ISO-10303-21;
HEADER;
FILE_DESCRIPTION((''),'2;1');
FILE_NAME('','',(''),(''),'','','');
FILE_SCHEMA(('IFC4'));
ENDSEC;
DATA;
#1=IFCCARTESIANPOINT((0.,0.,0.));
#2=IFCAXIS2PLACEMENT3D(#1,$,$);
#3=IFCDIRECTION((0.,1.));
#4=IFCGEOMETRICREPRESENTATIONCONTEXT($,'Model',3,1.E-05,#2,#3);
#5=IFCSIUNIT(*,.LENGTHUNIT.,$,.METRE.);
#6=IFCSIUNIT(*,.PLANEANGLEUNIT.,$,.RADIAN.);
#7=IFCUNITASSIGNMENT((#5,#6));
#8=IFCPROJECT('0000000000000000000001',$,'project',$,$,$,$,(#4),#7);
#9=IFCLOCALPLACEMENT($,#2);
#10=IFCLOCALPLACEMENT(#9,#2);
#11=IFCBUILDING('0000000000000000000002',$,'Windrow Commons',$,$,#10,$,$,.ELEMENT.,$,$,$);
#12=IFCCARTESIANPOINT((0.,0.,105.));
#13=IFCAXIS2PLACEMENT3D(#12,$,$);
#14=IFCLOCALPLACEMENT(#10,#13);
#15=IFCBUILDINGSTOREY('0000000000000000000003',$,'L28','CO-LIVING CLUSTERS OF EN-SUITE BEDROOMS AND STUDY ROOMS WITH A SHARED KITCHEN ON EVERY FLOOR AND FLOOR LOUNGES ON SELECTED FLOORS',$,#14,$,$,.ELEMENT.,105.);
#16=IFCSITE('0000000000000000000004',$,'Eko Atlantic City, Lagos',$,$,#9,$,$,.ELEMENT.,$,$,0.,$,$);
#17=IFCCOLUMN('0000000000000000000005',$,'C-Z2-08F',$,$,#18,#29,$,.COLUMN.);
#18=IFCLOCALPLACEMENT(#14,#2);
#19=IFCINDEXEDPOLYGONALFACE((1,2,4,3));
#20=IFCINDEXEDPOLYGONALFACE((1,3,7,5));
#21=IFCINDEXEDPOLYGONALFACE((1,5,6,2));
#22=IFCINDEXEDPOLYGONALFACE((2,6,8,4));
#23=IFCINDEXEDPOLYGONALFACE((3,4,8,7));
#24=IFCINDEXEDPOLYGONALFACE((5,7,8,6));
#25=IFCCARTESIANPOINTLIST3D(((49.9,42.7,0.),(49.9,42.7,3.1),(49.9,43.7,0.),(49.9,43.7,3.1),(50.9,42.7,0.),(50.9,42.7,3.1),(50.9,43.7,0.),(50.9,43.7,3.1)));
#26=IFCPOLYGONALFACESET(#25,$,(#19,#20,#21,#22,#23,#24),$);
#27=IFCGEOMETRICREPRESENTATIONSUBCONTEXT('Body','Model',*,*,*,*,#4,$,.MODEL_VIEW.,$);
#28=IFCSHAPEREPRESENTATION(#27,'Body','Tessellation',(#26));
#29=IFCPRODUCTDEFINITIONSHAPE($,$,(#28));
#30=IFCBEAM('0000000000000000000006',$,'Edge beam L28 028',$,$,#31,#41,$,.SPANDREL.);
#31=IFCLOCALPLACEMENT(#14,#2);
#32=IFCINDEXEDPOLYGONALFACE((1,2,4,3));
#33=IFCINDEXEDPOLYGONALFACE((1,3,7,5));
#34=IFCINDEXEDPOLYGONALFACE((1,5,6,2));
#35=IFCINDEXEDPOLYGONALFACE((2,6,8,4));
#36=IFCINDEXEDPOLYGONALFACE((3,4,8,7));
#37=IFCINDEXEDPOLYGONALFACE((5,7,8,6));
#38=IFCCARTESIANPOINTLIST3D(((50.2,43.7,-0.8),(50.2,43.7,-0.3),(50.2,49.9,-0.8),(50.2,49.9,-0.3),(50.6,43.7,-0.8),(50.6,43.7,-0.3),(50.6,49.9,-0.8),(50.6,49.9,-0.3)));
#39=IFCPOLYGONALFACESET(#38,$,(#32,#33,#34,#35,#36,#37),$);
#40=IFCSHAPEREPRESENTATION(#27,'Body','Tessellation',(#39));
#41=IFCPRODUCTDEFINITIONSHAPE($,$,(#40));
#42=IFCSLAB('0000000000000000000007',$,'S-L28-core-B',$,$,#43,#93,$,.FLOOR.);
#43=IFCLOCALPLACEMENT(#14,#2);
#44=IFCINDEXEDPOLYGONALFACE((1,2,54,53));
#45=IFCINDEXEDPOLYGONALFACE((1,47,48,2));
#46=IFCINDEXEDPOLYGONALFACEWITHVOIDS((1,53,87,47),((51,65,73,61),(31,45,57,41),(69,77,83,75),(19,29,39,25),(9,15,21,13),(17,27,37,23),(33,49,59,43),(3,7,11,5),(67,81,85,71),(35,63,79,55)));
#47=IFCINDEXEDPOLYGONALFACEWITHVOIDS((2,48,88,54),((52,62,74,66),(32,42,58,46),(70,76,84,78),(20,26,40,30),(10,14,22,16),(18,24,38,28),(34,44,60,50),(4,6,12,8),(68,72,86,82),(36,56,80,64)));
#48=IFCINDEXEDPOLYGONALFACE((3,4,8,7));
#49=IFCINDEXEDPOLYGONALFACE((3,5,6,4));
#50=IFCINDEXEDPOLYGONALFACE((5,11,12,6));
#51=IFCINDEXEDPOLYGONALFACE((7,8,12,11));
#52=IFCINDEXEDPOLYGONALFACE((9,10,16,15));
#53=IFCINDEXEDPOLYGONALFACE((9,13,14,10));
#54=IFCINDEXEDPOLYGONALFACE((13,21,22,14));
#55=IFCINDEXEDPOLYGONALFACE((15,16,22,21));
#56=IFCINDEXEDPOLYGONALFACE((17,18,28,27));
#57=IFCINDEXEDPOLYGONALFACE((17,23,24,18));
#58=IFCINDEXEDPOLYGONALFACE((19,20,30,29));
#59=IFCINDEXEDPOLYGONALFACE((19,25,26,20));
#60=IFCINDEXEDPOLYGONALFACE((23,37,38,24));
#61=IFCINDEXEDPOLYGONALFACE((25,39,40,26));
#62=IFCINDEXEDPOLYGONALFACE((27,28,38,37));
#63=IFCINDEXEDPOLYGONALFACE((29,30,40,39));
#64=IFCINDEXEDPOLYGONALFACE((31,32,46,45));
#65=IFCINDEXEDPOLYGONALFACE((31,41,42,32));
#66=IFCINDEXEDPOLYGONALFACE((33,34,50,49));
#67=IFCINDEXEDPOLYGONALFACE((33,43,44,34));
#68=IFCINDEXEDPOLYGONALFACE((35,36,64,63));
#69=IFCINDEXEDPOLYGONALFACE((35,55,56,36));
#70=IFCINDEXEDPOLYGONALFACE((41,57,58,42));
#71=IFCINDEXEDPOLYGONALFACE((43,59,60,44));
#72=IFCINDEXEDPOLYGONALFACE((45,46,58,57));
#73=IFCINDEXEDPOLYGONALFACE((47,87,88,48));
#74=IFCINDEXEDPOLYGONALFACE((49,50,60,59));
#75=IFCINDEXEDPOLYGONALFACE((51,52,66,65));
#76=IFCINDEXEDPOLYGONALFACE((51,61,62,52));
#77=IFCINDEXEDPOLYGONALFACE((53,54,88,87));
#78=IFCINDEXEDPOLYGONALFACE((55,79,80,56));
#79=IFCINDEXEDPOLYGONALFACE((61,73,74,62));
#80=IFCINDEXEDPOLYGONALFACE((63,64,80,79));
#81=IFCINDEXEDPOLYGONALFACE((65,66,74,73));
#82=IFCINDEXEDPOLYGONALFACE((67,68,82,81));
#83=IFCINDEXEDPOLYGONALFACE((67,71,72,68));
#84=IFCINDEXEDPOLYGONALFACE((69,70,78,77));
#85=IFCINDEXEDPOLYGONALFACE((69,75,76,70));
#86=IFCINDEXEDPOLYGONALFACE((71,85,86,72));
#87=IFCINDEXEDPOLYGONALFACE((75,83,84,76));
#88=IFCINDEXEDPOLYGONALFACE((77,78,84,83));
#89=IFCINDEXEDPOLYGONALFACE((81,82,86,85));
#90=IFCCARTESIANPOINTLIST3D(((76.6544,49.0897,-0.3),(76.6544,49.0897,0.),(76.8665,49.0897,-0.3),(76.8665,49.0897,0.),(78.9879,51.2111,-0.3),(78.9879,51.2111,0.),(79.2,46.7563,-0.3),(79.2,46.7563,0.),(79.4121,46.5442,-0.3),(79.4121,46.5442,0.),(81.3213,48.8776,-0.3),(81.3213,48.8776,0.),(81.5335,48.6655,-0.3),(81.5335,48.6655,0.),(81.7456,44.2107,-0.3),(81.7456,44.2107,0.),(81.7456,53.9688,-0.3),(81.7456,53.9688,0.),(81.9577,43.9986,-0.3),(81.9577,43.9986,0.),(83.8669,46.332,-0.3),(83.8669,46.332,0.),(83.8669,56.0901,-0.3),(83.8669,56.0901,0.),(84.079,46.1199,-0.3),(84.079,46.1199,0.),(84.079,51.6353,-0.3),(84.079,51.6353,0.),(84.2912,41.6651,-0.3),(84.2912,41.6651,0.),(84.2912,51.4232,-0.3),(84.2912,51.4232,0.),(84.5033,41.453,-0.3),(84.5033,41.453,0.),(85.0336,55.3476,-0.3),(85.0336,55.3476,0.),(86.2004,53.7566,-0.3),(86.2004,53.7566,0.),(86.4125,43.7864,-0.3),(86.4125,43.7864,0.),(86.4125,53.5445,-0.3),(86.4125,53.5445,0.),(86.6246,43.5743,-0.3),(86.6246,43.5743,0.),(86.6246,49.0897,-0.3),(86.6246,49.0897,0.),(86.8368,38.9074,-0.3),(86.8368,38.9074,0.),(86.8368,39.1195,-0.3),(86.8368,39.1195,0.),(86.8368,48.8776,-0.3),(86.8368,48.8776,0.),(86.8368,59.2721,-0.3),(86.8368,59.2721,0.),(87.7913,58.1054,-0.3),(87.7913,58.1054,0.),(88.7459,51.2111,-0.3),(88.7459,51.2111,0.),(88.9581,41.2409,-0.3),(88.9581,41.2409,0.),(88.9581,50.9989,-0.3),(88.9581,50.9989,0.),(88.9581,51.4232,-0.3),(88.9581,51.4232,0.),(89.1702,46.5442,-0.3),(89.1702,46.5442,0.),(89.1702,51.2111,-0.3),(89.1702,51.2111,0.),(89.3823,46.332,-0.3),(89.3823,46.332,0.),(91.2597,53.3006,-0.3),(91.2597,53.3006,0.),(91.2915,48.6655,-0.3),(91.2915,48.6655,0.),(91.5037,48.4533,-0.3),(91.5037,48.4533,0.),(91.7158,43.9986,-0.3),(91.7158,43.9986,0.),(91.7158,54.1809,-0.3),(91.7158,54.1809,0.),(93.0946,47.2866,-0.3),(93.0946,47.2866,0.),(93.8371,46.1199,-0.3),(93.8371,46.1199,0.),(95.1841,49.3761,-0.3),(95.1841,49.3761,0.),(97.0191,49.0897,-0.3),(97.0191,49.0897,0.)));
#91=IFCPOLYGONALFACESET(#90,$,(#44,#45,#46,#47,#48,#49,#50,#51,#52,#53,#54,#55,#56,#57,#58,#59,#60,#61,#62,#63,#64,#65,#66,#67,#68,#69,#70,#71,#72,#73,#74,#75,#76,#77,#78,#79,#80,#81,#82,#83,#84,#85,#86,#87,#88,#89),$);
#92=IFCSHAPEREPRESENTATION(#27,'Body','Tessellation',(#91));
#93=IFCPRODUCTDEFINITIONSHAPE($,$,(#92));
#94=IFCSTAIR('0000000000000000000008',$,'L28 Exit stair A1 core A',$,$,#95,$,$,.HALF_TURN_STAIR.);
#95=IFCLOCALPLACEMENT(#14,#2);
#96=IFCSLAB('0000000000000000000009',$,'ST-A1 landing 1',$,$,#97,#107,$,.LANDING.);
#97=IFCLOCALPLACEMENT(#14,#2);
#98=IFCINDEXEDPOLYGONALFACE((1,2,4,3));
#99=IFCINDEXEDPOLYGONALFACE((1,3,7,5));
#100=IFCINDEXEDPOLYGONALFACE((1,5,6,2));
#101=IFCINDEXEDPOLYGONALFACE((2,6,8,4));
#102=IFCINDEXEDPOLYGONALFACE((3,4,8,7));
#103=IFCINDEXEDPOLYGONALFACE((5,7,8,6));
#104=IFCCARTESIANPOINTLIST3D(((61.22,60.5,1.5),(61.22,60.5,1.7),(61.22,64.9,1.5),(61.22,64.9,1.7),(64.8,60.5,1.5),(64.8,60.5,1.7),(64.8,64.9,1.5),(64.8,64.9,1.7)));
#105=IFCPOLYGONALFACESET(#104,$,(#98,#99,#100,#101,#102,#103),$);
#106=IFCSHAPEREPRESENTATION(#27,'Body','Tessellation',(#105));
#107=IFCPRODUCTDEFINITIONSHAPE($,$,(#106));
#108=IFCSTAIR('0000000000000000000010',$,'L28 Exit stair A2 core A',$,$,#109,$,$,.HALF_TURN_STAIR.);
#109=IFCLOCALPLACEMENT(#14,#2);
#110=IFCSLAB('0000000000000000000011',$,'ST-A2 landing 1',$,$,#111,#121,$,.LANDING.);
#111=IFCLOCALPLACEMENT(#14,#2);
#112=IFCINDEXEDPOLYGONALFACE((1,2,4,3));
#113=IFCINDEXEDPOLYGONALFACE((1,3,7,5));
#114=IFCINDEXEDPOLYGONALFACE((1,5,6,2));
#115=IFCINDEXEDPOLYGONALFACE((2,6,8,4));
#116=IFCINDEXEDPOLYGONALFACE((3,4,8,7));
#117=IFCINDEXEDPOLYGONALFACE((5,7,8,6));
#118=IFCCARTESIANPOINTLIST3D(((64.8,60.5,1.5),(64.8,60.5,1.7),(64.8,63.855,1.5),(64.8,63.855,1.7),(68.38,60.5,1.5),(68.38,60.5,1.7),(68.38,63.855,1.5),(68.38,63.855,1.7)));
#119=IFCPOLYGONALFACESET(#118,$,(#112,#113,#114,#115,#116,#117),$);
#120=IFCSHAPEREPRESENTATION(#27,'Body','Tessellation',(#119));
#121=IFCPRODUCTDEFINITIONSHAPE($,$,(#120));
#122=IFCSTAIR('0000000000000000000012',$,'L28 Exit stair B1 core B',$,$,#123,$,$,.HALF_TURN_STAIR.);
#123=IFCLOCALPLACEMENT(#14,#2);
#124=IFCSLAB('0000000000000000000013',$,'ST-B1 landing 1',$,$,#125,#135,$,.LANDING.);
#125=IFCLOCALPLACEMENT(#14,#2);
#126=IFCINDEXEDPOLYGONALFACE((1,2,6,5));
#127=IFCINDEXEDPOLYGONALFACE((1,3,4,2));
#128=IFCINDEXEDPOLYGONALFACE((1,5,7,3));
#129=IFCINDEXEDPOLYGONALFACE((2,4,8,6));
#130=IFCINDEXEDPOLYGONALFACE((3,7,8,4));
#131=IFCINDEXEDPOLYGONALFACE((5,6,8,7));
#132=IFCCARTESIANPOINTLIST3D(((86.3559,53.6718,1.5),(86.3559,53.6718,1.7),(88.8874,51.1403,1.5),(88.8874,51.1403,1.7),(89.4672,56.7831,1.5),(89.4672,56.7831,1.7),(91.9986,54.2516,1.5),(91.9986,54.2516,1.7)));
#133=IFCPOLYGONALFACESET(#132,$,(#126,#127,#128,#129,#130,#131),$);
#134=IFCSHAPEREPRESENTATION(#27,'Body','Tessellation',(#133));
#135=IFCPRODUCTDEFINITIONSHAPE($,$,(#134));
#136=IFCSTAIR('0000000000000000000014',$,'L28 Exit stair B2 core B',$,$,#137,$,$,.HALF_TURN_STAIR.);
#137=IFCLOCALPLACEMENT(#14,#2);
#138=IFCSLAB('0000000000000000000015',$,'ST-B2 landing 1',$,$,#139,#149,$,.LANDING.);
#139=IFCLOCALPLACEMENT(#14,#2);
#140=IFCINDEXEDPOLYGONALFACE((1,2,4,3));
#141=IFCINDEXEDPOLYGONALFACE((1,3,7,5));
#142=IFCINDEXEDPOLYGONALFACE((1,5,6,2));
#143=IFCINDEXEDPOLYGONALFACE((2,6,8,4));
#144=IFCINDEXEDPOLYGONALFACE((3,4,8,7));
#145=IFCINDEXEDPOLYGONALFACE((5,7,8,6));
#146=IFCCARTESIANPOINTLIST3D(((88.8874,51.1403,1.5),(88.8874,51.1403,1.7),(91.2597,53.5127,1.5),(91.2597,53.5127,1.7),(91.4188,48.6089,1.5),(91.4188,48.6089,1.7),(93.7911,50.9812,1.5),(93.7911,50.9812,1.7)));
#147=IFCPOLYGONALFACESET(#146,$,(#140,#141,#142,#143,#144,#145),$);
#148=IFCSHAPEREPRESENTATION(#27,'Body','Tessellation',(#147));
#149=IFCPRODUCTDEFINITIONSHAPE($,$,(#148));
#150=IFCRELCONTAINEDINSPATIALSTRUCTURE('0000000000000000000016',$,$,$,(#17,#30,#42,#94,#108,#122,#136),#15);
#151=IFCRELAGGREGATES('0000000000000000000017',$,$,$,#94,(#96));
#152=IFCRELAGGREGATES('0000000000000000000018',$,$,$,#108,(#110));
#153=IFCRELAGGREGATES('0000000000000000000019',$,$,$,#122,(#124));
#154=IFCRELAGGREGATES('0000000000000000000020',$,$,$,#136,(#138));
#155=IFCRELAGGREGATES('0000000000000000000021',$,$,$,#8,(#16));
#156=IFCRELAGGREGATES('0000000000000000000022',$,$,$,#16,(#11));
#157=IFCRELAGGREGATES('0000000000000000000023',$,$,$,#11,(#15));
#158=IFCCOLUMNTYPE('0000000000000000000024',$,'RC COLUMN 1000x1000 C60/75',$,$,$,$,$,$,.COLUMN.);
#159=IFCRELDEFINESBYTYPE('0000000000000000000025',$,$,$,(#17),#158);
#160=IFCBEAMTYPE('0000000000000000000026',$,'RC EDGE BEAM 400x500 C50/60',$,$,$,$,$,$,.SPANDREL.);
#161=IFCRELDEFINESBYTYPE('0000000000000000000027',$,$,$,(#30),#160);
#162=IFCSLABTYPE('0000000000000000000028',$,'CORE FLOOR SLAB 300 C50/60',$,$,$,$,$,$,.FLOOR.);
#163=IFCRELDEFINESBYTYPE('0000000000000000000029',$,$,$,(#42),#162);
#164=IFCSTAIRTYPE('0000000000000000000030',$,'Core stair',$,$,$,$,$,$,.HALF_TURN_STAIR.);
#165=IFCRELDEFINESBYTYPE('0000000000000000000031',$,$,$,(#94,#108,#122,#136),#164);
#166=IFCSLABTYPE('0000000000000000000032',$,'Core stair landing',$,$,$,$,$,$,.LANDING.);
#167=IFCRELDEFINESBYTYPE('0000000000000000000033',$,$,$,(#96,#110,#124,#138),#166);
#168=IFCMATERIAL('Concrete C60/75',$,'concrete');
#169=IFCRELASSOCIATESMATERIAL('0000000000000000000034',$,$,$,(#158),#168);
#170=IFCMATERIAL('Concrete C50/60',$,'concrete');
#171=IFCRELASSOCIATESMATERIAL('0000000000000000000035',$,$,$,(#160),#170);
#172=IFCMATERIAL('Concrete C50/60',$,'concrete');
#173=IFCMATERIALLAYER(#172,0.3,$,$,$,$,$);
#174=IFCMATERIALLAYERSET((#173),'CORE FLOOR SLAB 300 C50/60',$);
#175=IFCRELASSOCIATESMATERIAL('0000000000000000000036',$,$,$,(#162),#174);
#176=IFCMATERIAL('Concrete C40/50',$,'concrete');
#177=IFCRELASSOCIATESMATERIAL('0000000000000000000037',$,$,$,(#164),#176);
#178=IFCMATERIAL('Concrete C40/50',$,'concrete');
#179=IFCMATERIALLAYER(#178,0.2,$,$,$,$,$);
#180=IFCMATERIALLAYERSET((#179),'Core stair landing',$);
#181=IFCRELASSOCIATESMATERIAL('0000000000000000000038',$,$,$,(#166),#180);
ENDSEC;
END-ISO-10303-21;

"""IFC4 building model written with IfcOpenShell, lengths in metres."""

from ifc_helpers import new_model, si_unit, direction, frame, origin, origin_2d, place, context, subcontext, project, spatial, polyline, rectangle, outline, extrude, material, layer, layer_set, material_profile, profile_set, type_object, element, aggregate, save


model = new_model("IFC4")

# Units and contexts
model_context = context("Model", 3, precision=1e-05, world=origin(), true_north=direction((0.0, 1.0)))
body_context = subcontext(model_context, "Body", "Model", "MODEL_VIEW")
ifc_project = project(units=[si_unit("LENGTHUNIT", "METRE"), si_unit("PLANEANGLEUNIT", "RADIAN")], contexts=[model_context])

# Site, building, storey
site_placement = place(None, origin())
site = spatial("IfcSite", under=ifc_project, at=site_placement, Name="Eko Atlantic City, Lagos", CompositionType="ELEMENT", RefElevation=0.0)
building_placement = place(site_placement, origin())
building = spatial("IfcBuilding", under=site, at=building_placement, Name="Windrow Commons", CompositionType="ELEMENT")
storey_placement = place(building_placement, frame((0.0, 0.0, 105.0)))
storey = spatial("IfcBuildingStorey", under=building, at=storey_placement, Name="L28", Description="CO-LIVING CLUSTERS OF EN-SUITE BEDROOMS AND STUDY ROOMS WITH A SHARED KITCHEN ON EVERY FLOOR AND FLOOR LOUNGES ON SELECTED FLOORS", CompositionType="ELEMENT", Elevation=105.0)

# Column
ifc_material_1 = material(Name="Concrete C60/75", Category="concrete")
ifc_material_profile_1 = material_profile(ifc_material_1, rectangle(XDim=1.0, YDim=1.0, at=origin_2d()))
ifc_profile_set_1 = profile_set([ifc_material_profile_1], Name="Concrete C60/75")
column_type = type_object("IfcColumnType", Name="RC COLUMN 1000x1000 C60/75", PredefinedType="COLUMN", material=ifc_profile_set_1)
column_placement = place(storey_placement, frame((50.4, 43.2, 0.0), z_axis=(0.0, 0.0, 1.0), x_axis=(1.0, 0.0, 0.0)))
element("IfcColumn", 1, at=column_placement, inside=storey, type_object=column_type, Name="C-Z2-08F", PredefinedType="COLUMN", context=body_context, shape_type="SweptSolid", body=[
    extrude(rectangle(XDim=1.0, YDim=1.0, at=origin_2d()), origin(), (0.0, 0.0, 1.0), 3.1),
])

# Beam
ifc_material_2 = material(Name="Concrete C50/60", Category="concrete")
ifc_material_profile_2 = material_profile(ifc_material_2, rectangle(XDim=0.4, YDim=0.5, at=origin_2d()))
ifc_profile_set_2 = profile_set([ifc_material_profile_2], Name="Concrete C50/60")
beam_type = type_object("IfcBeamType", Name="RC EDGE BEAM 400x500 C50/60", PredefinedType="SPANDREL", material=ifc_profile_set_2)
beam_placement = place(storey_placement, frame((50.4, 43.7, -0.55), z_axis=(0.0, 1.0, 0.0), x_axis=(-1.0, 0.0, 0.0)))
element("IfcBeam", 2, at=beam_placement, inside=storey, type_object=beam_type, Name="Edge beam L28 028", PredefinedType="SPANDREL", context=body_context, shape_type="SweptSolid", body=[
    extrude(rectangle(XDim=0.4, YDim=0.5, at=origin_2d()), origin(), (0.0, 0.0, 1.0), 6.2),
])

# Slab, openings
ifc_material_3 = material(Name="Concrete C50/60", Category="concrete")
ifc_layer_1 = layer(ifc_material_3, 0.3)
ifc_layer_set_1 = layer_set([ifc_layer_1], Name="CORE FLOOR SLAB 300 C50/60")
slab_type_1 = type_object("IfcSlabType", Name="CORE FLOOR SLAB 300 C50/60", PredefinedType="FLOOR", material=ifc_layer_set_1)
placement_1 = place(storey_placement, frame((0.0, 0.0, -0.3)))
slab_1 = element("IfcSlab", 3, at=placement_1, inside=storey, type_object=slab_type_1, Name="S-L28-core-B", PredefinedType="FLOOR", context=body_context, shape_type="SweptSolid", body=[
    extrude(outline(polyline([(76.6544, 49.0897), (86.8368, 38.9074), (97.0191, 49.0897), (86.8368, 59.2721), (76.6544, 49.0897)]), holes=[polyline([(76.8665, 49.0897), (79.2, 46.7563), (81.3213, 48.8776), (78.9879, 51.2111), (76.8665, 49.0897)]), polyline([(79.4121, 46.5442), (81.7456, 44.2107), (83.8669, 46.332), (81.5335, 48.6655), (79.4121, 46.5442)]), polyline([(81.9577, 43.9986), (84.2912, 41.6651), (86.4125, 43.7864), (84.079, 46.1199), (81.9577, 43.9986)]), polyline([(84.5033, 41.453), (86.8368, 39.1195), (88.9581, 41.2409), (86.6246, 43.5743), (84.5033, 41.453)]), polyline([(81.7456, 53.9688), (84.079, 51.6353), (86.2004, 53.7566), (83.8669, 56.0901), (81.7456, 53.9688)]), polyline([(84.2912, 51.4232), (86.6246, 49.0897), (88.7459, 51.2111), (86.4125, 53.5445), (84.2912, 51.4232)]), polyline([(86.8368, 48.8776), (89.1702, 46.5442), (91.2915, 48.6655), (88.9581, 50.9989), (86.8368, 48.8776)]), polyline([(89.3823, 46.332), (91.7158, 43.9986), (93.8371, 46.1199), (91.5037, 48.4533), (89.3823, 46.332)]), polyline([(85.0336, 55.3476), (88.9581, 51.4232), (91.7158, 54.1809), (87.7913, 58.1054), (85.0336, 55.3476)]), polyline([(89.1702, 51.2111), (93.0946, 47.2866), (95.1841, 49.3761), (91.2597, 53.3006), (89.1702, 51.2111)])]), origin(), (0.0, 0.0, 1.0), 0.3),
])
opening_1_placement = place(placement_1, origin())
element("IfcOpeningElement", 4, at=opening_1_placement, cuts=slab_1, PredefinedType="OPENING", context=body_context, shape_type="SweptSolid", body=[
    extrude(outline(polyline([(76.8736, 49.0897), (78.9879, 51.204), (81.3142, 48.8776), (79.2, 46.7634), (76.8736, 49.0897)])), origin(), (0.0, 0.0, 1.0), 0.3),
])
opening_2_placement = place(placement_1, origin())
element("IfcOpeningElement", 5, at=opening_2_placement, cuts=slab_1, PredefinedType="OPENING", context=body_context, shape_type="SweptSolid", body=[
    extrude(outline(polyline([(79.4192, 46.5442), (81.5335, 48.6584), (83.8598, 46.332), (81.7456, 44.2178), (79.4192, 46.5442)])), origin(), (0.0, 0.0, 1.0), 0.3),
])
opening_3_placement = place(placement_1, origin())
element("IfcOpeningElement", 6, at=opening_3_placement, cuts=slab_1, PredefinedType="OPENING", context=body_context, shape_type="SweptSolid", body=[
    extrude(outline(polyline([(81.9648, 43.9986), (84.079, 46.1128), (86.4054, 43.7864), (84.2912, 41.6722), (81.9648, 43.9986)])), origin(), (0.0, 0.0, 1.0), 0.3),
])
opening_4_placement = place(placement_1, origin())
element("IfcOpeningElement", 7, at=opening_4_placement, cuts=slab_1, PredefinedType="OPENING", context=body_context, shape_type="SweptSolid", body=[
    extrude(outline(polyline([(84.5104, 41.453), (86.6246, 43.5672), (88.951, 41.2409), (86.8368, 39.1266), (84.5104, 41.453)])), origin(), (0.0, 0.0, 1.0), 0.3),
])
opening_5_placement = place(placement_1, origin())
element("IfcOpeningElement", 8, at=opening_5_placement, cuts=slab_1, PredefinedType="OPENING", context=body_context, shape_type="SweptSolid", body=[
    extrude(outline(polyline([(81.7527, 53.9688), (83.8669, 56.083), (86.1933, 53.7566), (84.079, 51.6424), (81.7527, 53.9688)])), origin(), (0.0, 0.0, 1.0), 0.3),
])
opening_6_placement = place(placement_1, origin())
element("IfcOpeningElement", 9, at=opening_6_placement, cuts=slab_1, PredefinedType="OPENING", context=body_context, shape_type="SweptSolid", body=[
    extrude(outline(polyline([(84.2983, 51.4232), (86.4125, 53.5374), (88.7388, 51.2111), (86.6246, 49.0968), (84.2983, 51.4232)])), origin(), (0.0, 0.0, 1.0), 0.3),
])
opening_7_placement = place(placement_1, origin())
element("IfcOpeningElement", 10, at=opening_7_placement, cuts=slab_1, PredefinedType="OPENING", context=body_context, shape_type="SweptSolid", body=[
    extrude(outline(polyline([(86.8439, 48.8776), (88.9581, 50.9918), (91.2844, 48.6655), (89.1702, 46.5513), (86.8439, 48.8776)])), origin(), (0.0, 0.0, 1.0), 0.3),
])
opening_8_placement = place(placement_1, origin())
element("IfcOpeningElement", 11, at=opening_8_placement, cuts=slab_1, PredefinedType="OPENING", context=body_context, shape_type="SweptSolid", body=[
    extrude(outline(polyline([(89.3894, 46.332), (91.5037, 48.4462), (93.83, 46.1199), (91.7158, 44.0057), (89.3894, 46.332)])), origin(), (0.0, 0.0, 1.0), 0.3),
])
opening_9_placement = place(placement_1, origin())
element("IfcOpeningElement", 12, at=opening_9_placement, cuts=slab_1, PredefinedType="OPENING", context=body_context, shape_type="SweptSolid", body=[
    extrude(outline(polyline([(85.0407, 55.3476), (87.7913, 58.0983), (91.7087, 54.1809), (88.9581, 51.4303), (85.0407, 55.3476)])), origin(), (0.0, 0.0, 1.0), 0.3),
])
opening_10_placement = place(placement_1, origin())
element("IfcOpeningElement", 13, at=opening_10_placement, cuts=slab_1, PredefinedType="OPENING", context=body_context, shape_type="SweptSolid", body=[
    extrude(outline(polyline([(89.1773, 51.2111), (91.2597, 53.2935), (95.177, 49.3761), (93.0946, 47.2937), (89.1773, 51.2111)])), origin(), (0.0, 0.0, 1.0), 0.3),
])

# Stairs, slabs
ifc_material_4 = material(Name="Concrete C40/50", Category="concrete")
stair_type = type_object("IfcStairType", Name="Core stair", PredefinedType="HALF_TURN_STAIR", material=ifc_material_4)
placement_2 = place(storey_placement, origin())
stair_1 = element("IfcStair", 14, at=placement_2, inside=storey, type_object=stair_type, Name="L28 Exit stair A1 core A", PredefinedType="HALF_TURN_STAIR")
ifc_material_5 = material(Name="Concrete C40/50", Category="concrete")
ifc_layer_2 = layer(ifc_material_5, 0.2)
ifc_layer_set_2 = layer_set([ifc_layer_2], Name="Core stair landing")
slab_type_2 = type_object("IfcSlabType", Name="Core stair landing", PredefinedType="LANDING", material=ifc_layer_set_2)
placement_3 = place(storey_placement, frame((0.0, 0.0, 1.5)))
slab_2 = element("IfcSlab", 15, at=placement_3, type_object=slab_type_2, Name="ST-A1 landing 1", PredefinedType="LANDING", context=body_context, shape_type="SweptSolid", body=[
    extrude(outline(polyline([(61.22, 60.5), (64.8, 60.5), (64.8, 64.9), (61.22, 64.9), (61.22, 60.5)])), origin(), (0.0, 0.0, 1.0), 0.2),
])
aggregate(stair_1, [slab_2])
stair_2 = element("IfcStair", 16, at=placement_2, inside=storey, type_object=stair_type, Name="L28 Exit stair A2 core A", PredefinedType="HALF_TURN_STAIR")
slab_3 = element("IfcSlab", 17, at=placement_3, type_object=slab_type_2, Name="ST-A2 landing 1", PredefinedType="LANDING", context=body_context, shape_type="SweptSolid", body=[
    extrude(outline(polyline([(64.8, 60.5), (68.38, 60.5), (68.38, 63.855), (64.8, 63.855), (64.8, 60.5)])), origin(), (0.0, 0.0, 1.0), 0.2),
])
aggregate(stair_2, [slab_3])
stair_3 = element("IfcStair", 18, at=placement_2, inside=storey, type_object=stair_type, Name="L28 Exit stair B1 core B", PredefinedType="HALF_TURN_STAIR")
slab_4 = element("IfcSlab", 19, at=placement_3, type_object=slab_type_2, Name="ST-B1 landing 1", PredefinedType="LANDING", context=body_context, shape_type="SweptSolid", body=[
    extrude(outline(polyline([(86.3559, 53.6718), (88.8874, 51.1403), (91.9986, 54.2516), (89.4672, 56.7831), (86.3559, 53.6718)])), origin(), (0.0, 0.0, 1.0), 0.2),
])
aggregate(stair_3, [slab_4])
stair_4 = element("IfcStair", 20, at=placement_2, inside=storey, type_object=stair_type, Name="L28 Exit stair B2 core B", PredefinedType="HALF_TURN_STAIR")
slab_5 = element("IfcSlab", 21, at=placement_3, type_object=slab_type_2, Name="ST-B2 landing 1", PredefinedType="LANDING", context=body_context, shape_type="SweptSolid", body=[
    extrude(outline(polyline([(88.8874, 51.1403), (91.4188, 48.6089), (93.7911, 50.9812), (91.2597, 53.5127), (88.8874, 51.1403)])), origin(), (0.0, 0.0, 1.0), 0.2),
])
aggregate(stair_4, [slab_5])

save(model, "model.ifc")
